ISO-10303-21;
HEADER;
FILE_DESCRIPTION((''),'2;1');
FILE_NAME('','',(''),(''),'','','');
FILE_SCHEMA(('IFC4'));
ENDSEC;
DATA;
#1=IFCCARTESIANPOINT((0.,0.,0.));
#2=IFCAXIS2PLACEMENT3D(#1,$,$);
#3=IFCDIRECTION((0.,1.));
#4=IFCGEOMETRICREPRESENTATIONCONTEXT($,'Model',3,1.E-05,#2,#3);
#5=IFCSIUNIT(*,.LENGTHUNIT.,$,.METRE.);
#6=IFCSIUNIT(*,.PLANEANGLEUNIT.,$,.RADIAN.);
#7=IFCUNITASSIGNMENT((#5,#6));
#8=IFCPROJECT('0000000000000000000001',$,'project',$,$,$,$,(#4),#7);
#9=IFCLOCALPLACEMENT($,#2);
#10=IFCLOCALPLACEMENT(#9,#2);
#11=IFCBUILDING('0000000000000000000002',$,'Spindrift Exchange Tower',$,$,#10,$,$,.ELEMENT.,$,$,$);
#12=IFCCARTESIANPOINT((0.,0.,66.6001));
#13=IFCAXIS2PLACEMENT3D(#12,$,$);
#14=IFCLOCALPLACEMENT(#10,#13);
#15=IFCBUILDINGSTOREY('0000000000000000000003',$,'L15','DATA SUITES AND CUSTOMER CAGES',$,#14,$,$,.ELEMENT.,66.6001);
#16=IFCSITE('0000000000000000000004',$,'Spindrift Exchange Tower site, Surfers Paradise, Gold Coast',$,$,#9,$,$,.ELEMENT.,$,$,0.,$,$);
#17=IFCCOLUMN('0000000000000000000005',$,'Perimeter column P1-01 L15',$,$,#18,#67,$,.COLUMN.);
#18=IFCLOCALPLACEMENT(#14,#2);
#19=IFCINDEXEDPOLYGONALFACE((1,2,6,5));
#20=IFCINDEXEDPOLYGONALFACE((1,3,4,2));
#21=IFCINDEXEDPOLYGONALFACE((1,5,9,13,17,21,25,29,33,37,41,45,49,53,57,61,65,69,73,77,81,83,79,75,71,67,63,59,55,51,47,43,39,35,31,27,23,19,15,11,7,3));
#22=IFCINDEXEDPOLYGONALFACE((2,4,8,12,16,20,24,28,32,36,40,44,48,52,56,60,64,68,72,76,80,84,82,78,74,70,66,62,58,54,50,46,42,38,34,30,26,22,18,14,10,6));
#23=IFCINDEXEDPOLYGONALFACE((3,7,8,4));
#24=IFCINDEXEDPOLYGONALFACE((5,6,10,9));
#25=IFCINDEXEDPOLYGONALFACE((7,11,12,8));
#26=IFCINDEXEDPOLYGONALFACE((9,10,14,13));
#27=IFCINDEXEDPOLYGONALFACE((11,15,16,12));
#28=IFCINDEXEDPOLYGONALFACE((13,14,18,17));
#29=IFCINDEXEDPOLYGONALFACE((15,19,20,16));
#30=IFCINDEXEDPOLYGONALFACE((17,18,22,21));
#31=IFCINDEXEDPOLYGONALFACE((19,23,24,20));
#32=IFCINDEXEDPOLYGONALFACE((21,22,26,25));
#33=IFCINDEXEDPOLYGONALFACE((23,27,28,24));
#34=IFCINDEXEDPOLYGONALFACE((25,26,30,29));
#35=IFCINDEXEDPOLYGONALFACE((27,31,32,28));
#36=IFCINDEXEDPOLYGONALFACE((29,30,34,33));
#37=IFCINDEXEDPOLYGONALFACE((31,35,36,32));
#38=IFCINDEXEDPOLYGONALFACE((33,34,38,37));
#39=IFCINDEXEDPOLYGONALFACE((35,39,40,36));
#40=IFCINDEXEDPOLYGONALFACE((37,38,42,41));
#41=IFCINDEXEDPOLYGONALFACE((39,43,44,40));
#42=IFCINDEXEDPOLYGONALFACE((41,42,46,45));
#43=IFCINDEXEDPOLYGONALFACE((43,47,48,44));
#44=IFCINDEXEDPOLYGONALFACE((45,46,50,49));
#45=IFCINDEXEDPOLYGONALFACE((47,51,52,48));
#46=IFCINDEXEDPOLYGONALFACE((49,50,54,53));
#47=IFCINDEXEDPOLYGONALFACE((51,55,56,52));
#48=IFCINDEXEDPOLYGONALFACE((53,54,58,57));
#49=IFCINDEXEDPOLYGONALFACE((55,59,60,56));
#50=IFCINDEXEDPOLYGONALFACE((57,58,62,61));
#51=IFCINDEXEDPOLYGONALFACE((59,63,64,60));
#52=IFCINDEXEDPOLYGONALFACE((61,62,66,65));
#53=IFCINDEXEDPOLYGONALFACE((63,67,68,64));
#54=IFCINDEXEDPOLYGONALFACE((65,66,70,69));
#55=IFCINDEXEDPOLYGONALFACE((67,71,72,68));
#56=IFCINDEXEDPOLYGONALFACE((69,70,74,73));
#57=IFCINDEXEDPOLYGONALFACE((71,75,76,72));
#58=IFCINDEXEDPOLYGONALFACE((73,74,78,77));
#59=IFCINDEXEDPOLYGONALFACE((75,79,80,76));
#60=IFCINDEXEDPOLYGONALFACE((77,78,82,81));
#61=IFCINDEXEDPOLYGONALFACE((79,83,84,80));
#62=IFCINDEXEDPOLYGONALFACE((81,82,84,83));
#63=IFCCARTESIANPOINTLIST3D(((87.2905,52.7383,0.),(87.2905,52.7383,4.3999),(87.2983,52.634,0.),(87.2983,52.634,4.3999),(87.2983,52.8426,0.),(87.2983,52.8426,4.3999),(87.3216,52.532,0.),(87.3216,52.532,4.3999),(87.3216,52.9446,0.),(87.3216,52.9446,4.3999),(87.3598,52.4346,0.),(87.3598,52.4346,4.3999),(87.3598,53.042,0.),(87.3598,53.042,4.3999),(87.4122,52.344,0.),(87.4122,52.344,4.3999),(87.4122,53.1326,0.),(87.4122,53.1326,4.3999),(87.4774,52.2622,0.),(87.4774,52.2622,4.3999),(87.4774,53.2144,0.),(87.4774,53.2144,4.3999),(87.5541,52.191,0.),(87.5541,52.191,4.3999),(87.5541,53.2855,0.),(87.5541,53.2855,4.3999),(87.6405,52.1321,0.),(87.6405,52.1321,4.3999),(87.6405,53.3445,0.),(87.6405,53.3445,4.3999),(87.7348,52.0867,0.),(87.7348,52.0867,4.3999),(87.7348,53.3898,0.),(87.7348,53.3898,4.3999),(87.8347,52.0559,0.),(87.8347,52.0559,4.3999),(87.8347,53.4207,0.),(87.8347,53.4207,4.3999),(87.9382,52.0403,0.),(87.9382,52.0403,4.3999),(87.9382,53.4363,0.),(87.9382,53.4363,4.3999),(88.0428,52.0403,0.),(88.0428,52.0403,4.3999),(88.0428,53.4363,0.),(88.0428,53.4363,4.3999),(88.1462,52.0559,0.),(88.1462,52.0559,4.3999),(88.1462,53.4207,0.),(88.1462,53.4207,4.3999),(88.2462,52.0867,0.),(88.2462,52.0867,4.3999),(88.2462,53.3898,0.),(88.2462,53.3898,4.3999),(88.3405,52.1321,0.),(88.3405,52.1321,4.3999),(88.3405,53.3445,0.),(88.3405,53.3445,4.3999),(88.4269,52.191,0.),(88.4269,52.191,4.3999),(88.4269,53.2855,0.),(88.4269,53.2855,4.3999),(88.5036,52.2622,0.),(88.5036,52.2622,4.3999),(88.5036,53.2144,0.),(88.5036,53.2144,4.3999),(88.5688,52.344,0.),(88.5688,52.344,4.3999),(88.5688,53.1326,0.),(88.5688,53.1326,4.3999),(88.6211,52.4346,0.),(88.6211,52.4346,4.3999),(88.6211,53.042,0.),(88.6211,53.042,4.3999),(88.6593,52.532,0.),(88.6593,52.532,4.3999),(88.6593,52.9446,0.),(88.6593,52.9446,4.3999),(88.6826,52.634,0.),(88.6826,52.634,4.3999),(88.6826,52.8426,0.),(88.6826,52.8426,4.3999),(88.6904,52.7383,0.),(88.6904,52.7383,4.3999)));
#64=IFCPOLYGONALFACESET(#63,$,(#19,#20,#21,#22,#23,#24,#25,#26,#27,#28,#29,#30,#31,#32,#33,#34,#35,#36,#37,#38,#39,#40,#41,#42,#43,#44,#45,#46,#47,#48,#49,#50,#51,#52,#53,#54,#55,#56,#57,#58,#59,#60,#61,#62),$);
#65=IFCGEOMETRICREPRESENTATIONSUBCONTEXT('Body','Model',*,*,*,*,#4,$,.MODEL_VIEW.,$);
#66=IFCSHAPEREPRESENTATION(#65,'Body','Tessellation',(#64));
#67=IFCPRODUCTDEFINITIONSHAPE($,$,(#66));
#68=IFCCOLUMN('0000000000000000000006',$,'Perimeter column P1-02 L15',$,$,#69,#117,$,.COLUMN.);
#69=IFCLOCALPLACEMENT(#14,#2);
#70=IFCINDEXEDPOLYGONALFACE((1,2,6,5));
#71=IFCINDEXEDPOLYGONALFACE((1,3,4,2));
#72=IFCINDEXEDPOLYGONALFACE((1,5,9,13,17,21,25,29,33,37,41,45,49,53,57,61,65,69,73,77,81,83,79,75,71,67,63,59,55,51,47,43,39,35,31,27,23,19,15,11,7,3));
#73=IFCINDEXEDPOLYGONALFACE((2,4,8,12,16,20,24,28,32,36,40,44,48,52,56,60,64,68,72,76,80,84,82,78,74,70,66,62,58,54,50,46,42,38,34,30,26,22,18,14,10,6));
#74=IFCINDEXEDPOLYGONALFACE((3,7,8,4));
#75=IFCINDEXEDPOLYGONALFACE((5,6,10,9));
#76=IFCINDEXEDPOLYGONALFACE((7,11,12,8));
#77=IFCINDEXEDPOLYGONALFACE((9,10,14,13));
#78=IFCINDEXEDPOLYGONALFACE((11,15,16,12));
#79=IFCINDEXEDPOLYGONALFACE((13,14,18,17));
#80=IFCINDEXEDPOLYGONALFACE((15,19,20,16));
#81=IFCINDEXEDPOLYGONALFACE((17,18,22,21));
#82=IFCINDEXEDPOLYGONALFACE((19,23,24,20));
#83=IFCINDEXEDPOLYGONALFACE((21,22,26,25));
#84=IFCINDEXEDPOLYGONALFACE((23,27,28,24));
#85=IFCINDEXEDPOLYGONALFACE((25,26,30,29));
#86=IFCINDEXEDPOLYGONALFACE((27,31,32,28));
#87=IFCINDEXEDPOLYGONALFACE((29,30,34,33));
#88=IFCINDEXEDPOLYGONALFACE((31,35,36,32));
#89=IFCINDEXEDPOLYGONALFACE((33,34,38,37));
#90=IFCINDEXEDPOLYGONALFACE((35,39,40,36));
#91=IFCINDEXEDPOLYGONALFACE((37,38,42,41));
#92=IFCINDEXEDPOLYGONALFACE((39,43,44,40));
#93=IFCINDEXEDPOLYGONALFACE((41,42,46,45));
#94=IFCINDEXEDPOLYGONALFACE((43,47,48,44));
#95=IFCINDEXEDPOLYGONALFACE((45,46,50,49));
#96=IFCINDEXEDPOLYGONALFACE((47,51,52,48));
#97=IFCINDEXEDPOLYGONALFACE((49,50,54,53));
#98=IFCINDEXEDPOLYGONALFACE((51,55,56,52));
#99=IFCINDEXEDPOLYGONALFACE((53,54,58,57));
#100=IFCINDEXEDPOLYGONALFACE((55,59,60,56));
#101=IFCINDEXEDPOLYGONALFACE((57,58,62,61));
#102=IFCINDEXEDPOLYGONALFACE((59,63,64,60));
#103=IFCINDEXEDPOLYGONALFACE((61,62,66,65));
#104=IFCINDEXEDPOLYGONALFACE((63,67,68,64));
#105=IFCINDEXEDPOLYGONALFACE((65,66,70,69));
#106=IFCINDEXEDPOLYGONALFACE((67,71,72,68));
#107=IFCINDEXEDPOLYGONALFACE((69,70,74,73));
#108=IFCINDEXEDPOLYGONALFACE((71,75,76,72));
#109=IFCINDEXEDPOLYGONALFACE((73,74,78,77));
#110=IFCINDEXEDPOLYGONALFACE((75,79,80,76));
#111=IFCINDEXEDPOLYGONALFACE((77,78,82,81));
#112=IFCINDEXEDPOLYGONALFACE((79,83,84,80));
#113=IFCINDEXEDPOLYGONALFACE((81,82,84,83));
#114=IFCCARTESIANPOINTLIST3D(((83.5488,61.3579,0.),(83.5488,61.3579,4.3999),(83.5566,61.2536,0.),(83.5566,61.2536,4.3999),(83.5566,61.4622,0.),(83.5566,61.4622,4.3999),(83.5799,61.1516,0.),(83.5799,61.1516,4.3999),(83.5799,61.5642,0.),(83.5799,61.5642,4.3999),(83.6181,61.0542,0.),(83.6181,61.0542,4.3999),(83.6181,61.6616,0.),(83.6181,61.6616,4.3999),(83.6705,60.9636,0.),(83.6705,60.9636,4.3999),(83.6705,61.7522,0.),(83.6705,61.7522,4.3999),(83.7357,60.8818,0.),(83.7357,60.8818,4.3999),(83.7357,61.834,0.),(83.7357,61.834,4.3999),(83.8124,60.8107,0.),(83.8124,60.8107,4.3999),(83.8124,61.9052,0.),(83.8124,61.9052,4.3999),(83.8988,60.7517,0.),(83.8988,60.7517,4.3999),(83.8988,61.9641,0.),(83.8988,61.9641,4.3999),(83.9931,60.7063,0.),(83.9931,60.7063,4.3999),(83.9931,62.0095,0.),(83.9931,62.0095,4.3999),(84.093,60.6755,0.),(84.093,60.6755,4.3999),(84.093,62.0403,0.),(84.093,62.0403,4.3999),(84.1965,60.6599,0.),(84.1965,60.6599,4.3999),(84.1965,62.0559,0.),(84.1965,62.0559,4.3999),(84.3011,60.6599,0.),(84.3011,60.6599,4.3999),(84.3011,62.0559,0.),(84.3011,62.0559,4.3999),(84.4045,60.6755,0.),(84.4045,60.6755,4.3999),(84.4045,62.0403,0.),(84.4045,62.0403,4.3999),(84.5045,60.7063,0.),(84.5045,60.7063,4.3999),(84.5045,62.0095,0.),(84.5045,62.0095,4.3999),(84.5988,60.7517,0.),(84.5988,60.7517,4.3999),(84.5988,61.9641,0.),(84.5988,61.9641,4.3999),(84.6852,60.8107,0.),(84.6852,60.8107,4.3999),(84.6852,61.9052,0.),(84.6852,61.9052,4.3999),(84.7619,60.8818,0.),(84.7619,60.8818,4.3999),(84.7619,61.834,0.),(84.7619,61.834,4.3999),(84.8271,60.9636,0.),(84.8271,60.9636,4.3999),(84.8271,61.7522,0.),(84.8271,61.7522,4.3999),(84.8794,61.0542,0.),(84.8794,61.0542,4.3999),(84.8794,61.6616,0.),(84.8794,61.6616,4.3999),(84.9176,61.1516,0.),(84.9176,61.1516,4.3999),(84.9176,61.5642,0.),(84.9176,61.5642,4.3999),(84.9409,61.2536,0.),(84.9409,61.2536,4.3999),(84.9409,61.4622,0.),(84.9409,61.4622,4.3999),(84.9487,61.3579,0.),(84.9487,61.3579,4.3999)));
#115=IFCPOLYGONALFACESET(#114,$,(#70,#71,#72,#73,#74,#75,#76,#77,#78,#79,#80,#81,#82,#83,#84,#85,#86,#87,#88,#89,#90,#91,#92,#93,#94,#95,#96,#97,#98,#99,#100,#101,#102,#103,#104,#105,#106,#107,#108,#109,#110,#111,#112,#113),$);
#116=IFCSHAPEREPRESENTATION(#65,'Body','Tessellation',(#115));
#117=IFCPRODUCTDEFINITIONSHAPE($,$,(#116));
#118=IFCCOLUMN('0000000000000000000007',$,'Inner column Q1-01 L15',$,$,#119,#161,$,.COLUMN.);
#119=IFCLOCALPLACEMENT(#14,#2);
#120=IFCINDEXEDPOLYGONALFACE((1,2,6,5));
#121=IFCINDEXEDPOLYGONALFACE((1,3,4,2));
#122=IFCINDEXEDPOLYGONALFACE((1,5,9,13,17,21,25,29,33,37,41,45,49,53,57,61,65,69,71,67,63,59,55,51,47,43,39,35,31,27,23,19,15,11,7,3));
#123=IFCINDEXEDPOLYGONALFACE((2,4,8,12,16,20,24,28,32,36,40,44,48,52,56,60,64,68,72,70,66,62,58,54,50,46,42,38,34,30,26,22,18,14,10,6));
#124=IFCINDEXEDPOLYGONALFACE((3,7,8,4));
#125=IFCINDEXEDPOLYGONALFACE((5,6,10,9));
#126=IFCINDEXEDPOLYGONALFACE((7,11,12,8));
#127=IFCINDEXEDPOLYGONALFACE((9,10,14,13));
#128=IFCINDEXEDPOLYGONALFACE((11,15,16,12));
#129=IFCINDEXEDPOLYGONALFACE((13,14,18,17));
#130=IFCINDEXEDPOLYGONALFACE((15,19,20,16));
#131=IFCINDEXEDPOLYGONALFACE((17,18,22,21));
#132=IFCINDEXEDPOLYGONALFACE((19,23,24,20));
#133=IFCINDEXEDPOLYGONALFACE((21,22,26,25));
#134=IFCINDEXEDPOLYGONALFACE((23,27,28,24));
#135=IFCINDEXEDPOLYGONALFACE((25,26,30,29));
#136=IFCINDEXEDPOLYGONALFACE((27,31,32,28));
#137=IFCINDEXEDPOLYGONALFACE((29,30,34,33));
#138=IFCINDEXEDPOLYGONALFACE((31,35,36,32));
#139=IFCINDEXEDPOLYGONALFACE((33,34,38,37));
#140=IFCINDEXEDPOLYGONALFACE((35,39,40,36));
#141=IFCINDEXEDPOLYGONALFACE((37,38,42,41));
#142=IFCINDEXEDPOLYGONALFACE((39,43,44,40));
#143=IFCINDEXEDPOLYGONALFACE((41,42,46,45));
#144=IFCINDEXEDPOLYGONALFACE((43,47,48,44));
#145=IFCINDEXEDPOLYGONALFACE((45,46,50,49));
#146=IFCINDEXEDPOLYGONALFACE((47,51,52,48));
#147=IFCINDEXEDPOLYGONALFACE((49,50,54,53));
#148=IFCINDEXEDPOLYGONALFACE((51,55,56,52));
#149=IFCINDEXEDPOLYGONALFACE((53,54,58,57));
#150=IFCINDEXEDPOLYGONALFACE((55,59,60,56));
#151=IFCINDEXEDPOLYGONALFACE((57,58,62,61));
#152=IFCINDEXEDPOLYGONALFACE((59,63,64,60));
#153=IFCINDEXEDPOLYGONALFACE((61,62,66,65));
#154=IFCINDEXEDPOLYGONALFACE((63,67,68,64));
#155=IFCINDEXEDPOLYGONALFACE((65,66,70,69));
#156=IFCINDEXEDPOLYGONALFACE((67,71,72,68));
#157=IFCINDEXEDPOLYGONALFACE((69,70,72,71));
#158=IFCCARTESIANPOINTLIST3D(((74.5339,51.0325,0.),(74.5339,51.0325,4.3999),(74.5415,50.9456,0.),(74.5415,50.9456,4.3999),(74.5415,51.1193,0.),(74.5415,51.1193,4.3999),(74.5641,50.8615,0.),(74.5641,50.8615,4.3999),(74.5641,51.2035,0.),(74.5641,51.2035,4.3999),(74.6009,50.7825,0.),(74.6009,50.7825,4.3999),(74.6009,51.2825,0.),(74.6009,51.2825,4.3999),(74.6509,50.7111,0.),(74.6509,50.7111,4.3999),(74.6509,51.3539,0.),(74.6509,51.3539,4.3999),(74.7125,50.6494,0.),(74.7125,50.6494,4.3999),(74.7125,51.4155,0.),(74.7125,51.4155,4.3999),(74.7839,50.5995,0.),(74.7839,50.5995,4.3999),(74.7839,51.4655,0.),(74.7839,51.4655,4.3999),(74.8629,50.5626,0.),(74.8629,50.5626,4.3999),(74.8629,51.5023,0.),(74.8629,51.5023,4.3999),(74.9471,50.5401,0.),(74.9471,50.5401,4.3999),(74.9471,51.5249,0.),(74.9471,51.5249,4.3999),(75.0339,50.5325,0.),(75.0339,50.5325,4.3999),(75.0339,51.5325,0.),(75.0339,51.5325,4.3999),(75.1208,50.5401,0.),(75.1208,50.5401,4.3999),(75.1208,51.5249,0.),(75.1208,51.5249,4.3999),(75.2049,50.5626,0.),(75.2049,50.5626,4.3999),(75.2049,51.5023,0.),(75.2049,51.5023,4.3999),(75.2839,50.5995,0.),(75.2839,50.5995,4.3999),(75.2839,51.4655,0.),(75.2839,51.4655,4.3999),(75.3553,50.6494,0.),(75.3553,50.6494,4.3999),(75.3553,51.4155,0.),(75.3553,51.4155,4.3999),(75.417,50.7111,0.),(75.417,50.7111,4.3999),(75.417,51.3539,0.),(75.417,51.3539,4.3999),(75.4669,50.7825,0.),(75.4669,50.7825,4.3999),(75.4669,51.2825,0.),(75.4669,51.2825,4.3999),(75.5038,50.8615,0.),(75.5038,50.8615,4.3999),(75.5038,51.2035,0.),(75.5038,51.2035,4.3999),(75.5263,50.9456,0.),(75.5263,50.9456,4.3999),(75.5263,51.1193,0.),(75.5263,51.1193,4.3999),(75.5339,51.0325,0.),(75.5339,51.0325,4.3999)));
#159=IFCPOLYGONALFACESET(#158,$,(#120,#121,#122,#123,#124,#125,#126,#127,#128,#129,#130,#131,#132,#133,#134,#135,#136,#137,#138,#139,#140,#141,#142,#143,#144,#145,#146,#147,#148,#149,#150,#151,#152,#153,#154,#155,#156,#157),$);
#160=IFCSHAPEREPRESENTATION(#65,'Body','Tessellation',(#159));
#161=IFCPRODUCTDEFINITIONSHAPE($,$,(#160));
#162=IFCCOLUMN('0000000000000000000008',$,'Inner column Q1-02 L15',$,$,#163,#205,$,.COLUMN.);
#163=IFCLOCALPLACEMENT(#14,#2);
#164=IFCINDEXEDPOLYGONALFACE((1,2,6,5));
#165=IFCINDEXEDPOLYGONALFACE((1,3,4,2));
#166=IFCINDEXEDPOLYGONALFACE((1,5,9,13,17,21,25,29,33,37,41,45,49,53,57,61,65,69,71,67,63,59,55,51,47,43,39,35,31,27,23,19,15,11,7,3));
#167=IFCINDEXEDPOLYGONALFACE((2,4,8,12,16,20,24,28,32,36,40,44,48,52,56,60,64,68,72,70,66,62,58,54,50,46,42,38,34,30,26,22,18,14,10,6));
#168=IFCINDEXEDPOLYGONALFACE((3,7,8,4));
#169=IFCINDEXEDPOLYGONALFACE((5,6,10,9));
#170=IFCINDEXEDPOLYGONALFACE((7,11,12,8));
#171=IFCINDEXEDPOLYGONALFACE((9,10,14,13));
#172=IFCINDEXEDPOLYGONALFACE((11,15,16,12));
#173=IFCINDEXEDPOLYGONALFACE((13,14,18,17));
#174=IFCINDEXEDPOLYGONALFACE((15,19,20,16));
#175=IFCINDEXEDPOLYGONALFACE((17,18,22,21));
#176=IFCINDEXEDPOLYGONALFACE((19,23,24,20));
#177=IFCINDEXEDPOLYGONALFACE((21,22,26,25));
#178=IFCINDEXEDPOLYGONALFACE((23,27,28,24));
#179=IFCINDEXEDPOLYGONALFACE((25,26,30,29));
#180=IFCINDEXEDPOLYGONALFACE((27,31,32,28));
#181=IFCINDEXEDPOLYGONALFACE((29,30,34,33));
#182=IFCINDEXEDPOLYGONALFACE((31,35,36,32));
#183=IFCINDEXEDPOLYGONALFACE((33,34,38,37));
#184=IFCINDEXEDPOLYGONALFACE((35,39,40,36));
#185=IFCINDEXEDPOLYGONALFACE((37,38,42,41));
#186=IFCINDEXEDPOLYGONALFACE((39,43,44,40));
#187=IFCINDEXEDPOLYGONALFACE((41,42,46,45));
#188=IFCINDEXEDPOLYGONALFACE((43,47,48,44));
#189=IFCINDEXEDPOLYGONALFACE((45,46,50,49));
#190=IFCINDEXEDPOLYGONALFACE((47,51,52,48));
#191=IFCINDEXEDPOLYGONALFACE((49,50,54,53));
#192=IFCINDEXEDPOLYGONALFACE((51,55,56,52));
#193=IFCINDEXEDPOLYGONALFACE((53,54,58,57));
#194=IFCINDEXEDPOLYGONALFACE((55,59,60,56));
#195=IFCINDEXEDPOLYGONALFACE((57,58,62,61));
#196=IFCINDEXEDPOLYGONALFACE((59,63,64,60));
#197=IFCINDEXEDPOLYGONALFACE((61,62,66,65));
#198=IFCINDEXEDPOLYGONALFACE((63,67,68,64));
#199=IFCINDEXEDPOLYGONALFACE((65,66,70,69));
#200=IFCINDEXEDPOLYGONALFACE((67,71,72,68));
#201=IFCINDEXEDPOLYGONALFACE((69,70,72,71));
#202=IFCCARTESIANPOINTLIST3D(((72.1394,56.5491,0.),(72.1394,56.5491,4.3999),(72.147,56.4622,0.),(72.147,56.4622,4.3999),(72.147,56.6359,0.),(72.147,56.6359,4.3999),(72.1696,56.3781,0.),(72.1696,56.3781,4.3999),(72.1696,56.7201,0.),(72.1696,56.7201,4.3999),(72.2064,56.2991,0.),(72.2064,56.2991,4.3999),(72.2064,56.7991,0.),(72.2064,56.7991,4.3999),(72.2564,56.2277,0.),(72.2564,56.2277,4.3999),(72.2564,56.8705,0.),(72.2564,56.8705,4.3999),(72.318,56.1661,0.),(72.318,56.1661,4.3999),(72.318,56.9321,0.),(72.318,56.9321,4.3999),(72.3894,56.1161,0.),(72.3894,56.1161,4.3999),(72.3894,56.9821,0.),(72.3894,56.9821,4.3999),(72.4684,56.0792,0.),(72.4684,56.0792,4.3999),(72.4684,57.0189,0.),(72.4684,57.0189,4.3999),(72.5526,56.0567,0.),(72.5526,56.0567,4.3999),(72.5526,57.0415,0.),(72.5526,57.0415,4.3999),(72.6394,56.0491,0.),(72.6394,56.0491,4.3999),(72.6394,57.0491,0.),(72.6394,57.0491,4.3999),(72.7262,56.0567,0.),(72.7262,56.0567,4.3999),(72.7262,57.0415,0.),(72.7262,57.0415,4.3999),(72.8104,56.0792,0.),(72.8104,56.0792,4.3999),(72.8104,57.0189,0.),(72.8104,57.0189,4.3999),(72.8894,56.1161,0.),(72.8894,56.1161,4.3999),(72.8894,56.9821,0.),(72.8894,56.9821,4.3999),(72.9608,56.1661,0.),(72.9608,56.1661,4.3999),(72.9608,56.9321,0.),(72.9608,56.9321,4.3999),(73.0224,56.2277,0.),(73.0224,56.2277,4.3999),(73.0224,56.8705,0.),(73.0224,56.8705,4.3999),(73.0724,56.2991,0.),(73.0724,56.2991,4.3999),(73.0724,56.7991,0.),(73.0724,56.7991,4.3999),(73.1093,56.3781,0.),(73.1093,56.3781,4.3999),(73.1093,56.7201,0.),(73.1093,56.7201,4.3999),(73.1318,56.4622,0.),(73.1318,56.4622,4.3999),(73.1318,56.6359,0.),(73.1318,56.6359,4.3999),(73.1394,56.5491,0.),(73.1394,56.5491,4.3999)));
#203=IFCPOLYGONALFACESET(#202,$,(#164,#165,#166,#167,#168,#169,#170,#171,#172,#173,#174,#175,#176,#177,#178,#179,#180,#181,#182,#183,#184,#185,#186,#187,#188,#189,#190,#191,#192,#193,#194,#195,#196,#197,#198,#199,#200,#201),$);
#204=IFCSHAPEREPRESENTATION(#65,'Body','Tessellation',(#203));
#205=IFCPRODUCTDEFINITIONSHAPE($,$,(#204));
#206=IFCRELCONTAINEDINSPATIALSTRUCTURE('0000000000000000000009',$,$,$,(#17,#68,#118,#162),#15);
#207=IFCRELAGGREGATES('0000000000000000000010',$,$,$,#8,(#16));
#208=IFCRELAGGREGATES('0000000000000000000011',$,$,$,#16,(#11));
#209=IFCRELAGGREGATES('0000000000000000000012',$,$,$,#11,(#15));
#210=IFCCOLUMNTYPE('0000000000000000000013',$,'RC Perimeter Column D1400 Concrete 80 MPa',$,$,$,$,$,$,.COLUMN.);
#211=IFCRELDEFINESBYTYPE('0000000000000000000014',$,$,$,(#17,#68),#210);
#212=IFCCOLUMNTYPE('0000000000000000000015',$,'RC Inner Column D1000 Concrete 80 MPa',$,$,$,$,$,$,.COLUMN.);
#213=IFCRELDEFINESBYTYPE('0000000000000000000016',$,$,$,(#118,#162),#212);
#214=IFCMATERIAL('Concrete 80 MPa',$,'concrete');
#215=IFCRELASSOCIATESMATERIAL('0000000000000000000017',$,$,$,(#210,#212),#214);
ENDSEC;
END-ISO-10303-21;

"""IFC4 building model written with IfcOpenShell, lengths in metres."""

from ifc_helpers import new_model, si_unit, direction, frame, origin, origin_2d, place, context, subcontext, project, spatial, circle, extrude, source, transform, mapped, material, material_profile, profile_set, type_object, element, save


model = new_model("IFC4")

# Units and contexts
model_context = context("Model", 3, precision=1e-05, world=origin(), true_north=direction((0.0, 1.0)))
body_context = subcontext(model_context, "Body", "Model", "MODEL_VIEW")
ifc_project = project(units=[si_unit("LENGTHUNIT", "METRE"), si_unit("PLANEANGLEUNIT", "RADIAN")], contexts=[model_context])

# Site, building, storey
site_placement = place(None, origin())
site = spatial("IfcSite", under=ifc_project, at=site_placement, Name="Spindrift Exchange Tower site, Surfers Paradise, Gold Coast", CompositionType="ELEMENT", RefElevation=0.0)
building_placement = place(site_placement, origin())
building = spatial("IfcBuilding", under=site, at=building_placement, Name="Spindrift Exchange Tower", CompositionType="ELEMENT")
storey_placement = place(building_placement, frame((0.0, 0.0, 66.6001)))
storey = spatial("IfcBuildingStorey", under=building, at=storey_placement, Name="L15", Description="DATA SUITES AND CUSTOMER CAGES", CompositionType="ELEMENT", Elevation=66.6001)

# Columns
ifc_material_1 = material(Name="Concrete 80 MPa", Category="concrete")
ifc_material_profile_1 = material_profile(ifc_material_1, circle(Radius=0.7, at=origin_2d()), Name="RC D1400")
ifc_profile_set_1 = profile_set([ifc_material_profile_1], Name="Concrete 80 MPa")
column_type_1 = type_object("IfcColumnType", Name="RC Perimeter Column D1400 Concrete 80 MPa", PredefinedType="COLUMN", material=ifc_profile_set_1)
shared_shape_1 = source(origin(), body_context, "Body", "SweptSolid", [
    extrude(circle(Radius=0.7, at=origin_2d()), origin(), (0.0, 0.0, 1.0), 4.3999),
])
for number, where, z_axis, x_axis, name in (
    (1, (87.9905, 52.7383, 0.0), (0.0, 0.0, 1.0), (1.0, 0.0, 0.0), "Perimeter column P1-01 L15"),
    (2, (84.2488, 61.3579, 0.0), (0.0, 0.0, 1.0), (1.0, 0.0, 0.0), "Perimeter column P1-02 L15"),
):
    element("IfcColumn", number, at=place(storey_placement, frame(where, z_axis=z_axis, x_axis=x_axis)), inside=storey, type_object=column_type_1, Name=name, PredefinedType="COLUMN", context=body_context, shape_type="MappedRepresentation", body=[
        mapped(shared_shape_1, transform((0.0, 0.0, 0.0), scale=1.0)),
    ])
ifc_material_profile_2 = material_profile(ifc_material_1, circle(Radius=0.5, at=origin_2d()), Name="RC D1000")
ifc_profile_set_2 = profile_set([ifc_material_profile_2], Name="Concrete 80 MPa")
column_type_2 = type_object("IfcColumnType", Name="RC Inner Column D1000 Concrete 80 MPa", PredefinedType="COLUMN", material=ifc_profile_set_2)
shared_shape_2 = source(origin(), body_context, "Body", "SweptSolid", [
    extrude(circle(Radius=0.5, at=origin_2d()), origin(), (0.0, 0.0, 1.0), 4.3999),
])
for number, where, z_axis, x_axis, name in (
    (3, (75.0339, 51.0325, 0.0), (0.0, 0.0, 1.0), (1.0, 0.0, 0.0), "Inner column Q1-01 L15"),
    (4, (72.6394, 56.5491, 0.0), (0.0, 0.0, 1.0), (1.0, 0.0, 0.0), "Inner column Q1-02 L15"),
):
    element("IfcColumn", number, at=place(storey_placement, frame(where, z_axis=z_axis, x_axis=x_axis)), inside=storey, type_object=column_type_2, Name=name, PredefinedType="COLUMN", context=body_context, shape_type="MappedRepresentation", body=[
        mapped(shared_shape_2, transform((0.0, 0.0, 0.0), scale=1.0)),
    ])

save(model, "model.ifc")
